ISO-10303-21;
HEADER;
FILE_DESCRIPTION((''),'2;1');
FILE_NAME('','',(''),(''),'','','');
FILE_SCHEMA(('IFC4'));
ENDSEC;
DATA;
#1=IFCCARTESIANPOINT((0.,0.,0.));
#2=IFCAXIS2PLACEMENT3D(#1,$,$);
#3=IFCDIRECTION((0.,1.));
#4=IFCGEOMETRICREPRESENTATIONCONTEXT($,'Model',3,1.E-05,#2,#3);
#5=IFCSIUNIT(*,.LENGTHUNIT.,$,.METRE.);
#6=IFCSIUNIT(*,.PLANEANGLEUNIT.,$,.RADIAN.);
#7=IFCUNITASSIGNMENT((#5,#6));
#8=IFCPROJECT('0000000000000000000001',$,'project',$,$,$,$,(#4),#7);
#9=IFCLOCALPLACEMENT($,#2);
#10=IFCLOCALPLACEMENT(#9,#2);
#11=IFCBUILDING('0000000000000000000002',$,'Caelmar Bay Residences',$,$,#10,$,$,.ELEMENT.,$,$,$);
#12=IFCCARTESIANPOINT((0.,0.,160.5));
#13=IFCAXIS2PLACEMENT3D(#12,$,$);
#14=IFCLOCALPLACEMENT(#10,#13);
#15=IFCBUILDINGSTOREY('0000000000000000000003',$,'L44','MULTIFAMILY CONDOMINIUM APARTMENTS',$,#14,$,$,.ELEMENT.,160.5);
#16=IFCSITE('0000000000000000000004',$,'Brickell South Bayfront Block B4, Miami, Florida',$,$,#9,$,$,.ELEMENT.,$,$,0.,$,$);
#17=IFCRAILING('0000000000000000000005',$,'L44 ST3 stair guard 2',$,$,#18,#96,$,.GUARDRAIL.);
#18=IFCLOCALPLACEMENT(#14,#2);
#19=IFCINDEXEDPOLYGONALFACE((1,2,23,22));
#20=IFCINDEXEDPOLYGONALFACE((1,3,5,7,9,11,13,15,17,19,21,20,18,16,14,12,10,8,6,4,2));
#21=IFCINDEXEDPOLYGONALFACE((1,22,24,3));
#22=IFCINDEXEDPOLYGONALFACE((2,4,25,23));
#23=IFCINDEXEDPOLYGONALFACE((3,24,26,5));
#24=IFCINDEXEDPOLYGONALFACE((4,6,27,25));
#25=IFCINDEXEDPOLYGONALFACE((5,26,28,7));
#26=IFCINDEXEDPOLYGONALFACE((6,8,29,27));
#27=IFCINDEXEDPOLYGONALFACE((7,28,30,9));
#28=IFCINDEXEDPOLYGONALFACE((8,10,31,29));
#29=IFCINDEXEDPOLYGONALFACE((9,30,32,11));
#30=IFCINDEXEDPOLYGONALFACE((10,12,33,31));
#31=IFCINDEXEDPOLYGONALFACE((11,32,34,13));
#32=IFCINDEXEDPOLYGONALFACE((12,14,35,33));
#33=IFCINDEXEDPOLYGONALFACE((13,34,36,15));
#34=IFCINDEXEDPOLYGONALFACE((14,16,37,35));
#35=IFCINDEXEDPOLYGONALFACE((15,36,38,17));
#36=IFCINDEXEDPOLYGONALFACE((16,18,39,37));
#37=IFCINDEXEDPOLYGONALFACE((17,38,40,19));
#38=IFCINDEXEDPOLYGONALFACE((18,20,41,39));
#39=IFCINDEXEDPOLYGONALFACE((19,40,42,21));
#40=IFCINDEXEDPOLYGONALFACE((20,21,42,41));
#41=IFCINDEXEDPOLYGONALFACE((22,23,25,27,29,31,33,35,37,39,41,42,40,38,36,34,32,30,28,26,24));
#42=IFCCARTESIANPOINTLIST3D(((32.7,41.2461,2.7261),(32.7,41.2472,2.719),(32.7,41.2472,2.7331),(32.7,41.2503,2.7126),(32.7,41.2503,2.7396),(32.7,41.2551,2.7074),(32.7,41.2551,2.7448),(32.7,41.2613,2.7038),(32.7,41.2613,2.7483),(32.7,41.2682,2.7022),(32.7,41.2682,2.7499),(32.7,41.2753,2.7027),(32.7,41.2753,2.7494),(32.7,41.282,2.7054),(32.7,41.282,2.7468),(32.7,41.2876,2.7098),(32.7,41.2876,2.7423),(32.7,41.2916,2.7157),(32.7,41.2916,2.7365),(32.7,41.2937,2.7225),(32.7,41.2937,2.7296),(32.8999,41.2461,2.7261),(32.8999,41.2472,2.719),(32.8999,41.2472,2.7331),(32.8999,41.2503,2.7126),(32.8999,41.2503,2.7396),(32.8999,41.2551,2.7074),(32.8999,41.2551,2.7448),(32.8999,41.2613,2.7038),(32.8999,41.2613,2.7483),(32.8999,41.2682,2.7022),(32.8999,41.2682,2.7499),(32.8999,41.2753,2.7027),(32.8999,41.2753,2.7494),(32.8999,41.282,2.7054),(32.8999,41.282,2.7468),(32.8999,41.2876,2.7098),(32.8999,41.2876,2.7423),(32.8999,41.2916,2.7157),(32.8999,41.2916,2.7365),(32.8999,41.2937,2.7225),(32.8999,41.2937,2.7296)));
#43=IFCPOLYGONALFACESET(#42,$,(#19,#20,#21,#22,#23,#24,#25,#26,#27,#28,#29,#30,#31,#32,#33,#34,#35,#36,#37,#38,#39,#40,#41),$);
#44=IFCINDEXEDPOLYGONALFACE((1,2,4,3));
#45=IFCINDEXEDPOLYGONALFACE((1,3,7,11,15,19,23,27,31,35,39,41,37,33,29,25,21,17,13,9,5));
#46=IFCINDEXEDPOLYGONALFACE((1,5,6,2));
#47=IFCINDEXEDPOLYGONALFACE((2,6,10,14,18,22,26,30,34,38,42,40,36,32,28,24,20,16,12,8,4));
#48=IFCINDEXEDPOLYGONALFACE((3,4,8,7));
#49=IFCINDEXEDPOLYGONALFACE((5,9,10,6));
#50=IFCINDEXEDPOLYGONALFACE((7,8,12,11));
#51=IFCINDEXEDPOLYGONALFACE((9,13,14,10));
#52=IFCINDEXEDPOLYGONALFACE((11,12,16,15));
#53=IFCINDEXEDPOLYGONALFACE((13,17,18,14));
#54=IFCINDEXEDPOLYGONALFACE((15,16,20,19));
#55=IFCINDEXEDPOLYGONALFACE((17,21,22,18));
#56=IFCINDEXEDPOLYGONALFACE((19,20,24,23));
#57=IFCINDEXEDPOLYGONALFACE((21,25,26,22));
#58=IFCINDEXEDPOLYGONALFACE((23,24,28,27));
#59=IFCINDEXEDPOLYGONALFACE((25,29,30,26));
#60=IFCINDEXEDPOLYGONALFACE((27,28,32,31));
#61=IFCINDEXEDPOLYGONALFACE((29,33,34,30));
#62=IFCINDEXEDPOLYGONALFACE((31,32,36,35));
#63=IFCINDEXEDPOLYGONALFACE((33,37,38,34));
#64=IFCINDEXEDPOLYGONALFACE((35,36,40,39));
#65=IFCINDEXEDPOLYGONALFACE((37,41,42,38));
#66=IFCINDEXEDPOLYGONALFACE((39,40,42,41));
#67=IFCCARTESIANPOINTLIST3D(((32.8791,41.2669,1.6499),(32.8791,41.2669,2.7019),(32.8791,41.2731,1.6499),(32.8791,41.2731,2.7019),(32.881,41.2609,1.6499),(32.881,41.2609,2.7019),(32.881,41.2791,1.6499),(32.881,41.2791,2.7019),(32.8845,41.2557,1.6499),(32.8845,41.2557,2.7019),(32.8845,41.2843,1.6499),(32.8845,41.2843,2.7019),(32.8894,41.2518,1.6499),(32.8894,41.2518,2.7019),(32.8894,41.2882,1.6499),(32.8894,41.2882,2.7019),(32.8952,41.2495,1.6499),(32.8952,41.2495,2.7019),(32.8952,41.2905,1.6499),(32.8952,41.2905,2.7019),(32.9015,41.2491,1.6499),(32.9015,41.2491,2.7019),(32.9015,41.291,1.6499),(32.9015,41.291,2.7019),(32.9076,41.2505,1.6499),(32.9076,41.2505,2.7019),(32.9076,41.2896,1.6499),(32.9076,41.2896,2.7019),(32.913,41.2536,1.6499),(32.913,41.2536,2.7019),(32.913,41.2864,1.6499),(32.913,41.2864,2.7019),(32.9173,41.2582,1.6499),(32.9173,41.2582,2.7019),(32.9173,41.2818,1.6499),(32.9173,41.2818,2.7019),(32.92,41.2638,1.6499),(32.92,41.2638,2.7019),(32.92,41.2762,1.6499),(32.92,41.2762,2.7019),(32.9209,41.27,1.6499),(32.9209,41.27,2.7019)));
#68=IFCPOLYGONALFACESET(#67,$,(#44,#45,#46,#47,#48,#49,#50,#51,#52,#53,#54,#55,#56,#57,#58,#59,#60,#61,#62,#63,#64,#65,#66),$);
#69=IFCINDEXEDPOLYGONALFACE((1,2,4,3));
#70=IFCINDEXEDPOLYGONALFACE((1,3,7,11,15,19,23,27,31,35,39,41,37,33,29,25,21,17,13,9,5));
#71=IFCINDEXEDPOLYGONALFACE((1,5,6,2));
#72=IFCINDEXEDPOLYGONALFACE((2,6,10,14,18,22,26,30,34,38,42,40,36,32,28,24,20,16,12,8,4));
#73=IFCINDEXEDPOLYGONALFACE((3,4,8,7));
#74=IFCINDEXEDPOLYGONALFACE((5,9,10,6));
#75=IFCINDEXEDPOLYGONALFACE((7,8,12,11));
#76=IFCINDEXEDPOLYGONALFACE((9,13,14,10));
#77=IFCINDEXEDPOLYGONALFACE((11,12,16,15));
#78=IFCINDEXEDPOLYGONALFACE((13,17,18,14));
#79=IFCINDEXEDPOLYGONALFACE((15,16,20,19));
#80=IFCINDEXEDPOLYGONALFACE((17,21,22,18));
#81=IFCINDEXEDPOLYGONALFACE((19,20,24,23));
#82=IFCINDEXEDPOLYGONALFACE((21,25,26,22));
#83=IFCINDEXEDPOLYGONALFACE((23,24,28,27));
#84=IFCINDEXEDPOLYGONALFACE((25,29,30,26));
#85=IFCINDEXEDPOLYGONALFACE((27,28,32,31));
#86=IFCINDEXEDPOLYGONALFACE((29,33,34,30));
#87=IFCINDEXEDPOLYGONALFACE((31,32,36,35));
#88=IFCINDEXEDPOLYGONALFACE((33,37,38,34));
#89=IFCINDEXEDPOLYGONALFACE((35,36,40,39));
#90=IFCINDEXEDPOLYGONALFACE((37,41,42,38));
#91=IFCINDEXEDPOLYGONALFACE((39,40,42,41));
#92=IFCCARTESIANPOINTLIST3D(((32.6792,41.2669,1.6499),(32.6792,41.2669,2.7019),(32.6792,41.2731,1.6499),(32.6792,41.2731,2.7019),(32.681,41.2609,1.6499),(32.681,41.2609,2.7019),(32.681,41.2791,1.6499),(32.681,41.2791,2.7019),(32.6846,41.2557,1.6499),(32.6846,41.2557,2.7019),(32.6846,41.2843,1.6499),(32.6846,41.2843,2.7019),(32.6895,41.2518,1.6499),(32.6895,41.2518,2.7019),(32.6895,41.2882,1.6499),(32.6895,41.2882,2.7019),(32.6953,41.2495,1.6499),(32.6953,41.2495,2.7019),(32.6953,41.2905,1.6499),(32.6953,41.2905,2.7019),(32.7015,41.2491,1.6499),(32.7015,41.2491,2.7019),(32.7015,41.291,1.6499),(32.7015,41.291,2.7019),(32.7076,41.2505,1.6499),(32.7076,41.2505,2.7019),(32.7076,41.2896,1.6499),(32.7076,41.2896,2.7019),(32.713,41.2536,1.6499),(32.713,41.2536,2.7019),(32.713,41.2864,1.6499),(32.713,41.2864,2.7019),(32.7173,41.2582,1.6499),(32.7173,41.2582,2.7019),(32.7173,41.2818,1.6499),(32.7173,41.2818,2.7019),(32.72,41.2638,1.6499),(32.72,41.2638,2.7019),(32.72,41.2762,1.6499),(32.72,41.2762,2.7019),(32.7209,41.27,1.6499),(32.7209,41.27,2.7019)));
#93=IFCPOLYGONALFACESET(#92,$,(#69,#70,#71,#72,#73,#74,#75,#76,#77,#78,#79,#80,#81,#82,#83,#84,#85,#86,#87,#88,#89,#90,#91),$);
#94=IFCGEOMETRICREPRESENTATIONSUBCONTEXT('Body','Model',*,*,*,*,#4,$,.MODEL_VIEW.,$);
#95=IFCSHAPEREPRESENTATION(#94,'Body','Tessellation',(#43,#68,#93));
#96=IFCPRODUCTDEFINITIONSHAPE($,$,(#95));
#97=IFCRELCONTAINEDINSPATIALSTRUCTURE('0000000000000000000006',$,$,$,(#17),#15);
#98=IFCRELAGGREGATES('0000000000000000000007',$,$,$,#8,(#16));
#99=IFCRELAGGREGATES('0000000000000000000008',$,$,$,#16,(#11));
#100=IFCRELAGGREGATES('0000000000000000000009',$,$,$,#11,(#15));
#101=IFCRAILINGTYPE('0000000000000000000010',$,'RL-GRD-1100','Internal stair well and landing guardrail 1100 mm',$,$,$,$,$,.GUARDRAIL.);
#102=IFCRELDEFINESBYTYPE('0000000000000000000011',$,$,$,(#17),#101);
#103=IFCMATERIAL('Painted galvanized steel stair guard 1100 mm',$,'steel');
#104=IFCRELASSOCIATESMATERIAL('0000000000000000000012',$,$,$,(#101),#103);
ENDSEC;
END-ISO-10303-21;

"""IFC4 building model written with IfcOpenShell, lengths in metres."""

from ifc_helpers import new_model, si_unit, direction, frame, origin, origin_2d, place, context, subcontext, project, spatial, circle, extrude, material, type_object, element, save


model = new_model("IFC4")

# Units and contexts
model_context = context("Model", 3, precision=1e-05, world=origin(), true_north=direction((0.0, 1.0)))
body_context = subcontext(model_context, "Body", "Model", "MODEL_VIEW")
ifc_project = project(units=[si_unit("LENGTHUNIT", "METRE"), si_unit("PLANEANGLEUNIT", "RADIAN")], contexts=[model_context])

# Site, building, storey
site_placement = place(None, origin())
site = spatial("IfcSite", under=ifc_project, at=site_placement, Name="Brickell South Bayfront Block B4, Miami, Florida", CompositionType="ELEMENT", RefElevation=0.0)
building_placement = place(site_placement, origin())
building = spatial("IfcBuilding", under=site, at=building_placement, Name="Caelmar Bay Residences", CompositionType="ELEMENT")
storey_placement = place(building_placement, frame((0.0, 0.0, 160.5)))
storey = spatial("IfcBuildingStorey", under=building, at=storey_placement, Name="L44", Description="MULTIFAMILY CONDOMINIUM APARTMENTS", CompositionType="ELEMENT", Elevation=160.5)

# Railing
ifc_material_1 = material(Name="Painted galvanized steel stair guard 1100 mm", Category="steel")
railing_type_1 = type_object("IfcRailingType", Name="RL-GRD-1100", Description="Internal stair well and landing guardrail 1100 mm", PredefinedType="GUARDRAIL", material=ifc_material_1)
railing_1_placement = place(storey_placement, frame((32.8999, 41.27, 1.6499)))
element("IfcRailing", 1, at=railing_1_placement, inside=storey, type_object=railing_type_1, Name="L44 ST3 stair guard 2", PredefinedType="GUARDRAIL", context=body_context, shape_type="SweptSolid", body=[
    extrude(circle(Radius=0.0239, at=origin_2d()), frame((0.0, 0.0, 1.0762), z_axis=(-1.0, 0.0, 0.0), x_axis=(0.0, -1.0, 0.0)), (0.0, 0.0, 1.0), 0.2),
    extrude(circle(Radius=0.021, at=origin_2d()), origin(), (0.0, 0.0, 1.0), 1.052),
    extrude(circle(Radius=0.021, at=origin_2d()), frame((-0.2, 0.0, 0.0)), (0.0, 0.0, 1.0), 1.052),
])

save(model, "model.ifc")
